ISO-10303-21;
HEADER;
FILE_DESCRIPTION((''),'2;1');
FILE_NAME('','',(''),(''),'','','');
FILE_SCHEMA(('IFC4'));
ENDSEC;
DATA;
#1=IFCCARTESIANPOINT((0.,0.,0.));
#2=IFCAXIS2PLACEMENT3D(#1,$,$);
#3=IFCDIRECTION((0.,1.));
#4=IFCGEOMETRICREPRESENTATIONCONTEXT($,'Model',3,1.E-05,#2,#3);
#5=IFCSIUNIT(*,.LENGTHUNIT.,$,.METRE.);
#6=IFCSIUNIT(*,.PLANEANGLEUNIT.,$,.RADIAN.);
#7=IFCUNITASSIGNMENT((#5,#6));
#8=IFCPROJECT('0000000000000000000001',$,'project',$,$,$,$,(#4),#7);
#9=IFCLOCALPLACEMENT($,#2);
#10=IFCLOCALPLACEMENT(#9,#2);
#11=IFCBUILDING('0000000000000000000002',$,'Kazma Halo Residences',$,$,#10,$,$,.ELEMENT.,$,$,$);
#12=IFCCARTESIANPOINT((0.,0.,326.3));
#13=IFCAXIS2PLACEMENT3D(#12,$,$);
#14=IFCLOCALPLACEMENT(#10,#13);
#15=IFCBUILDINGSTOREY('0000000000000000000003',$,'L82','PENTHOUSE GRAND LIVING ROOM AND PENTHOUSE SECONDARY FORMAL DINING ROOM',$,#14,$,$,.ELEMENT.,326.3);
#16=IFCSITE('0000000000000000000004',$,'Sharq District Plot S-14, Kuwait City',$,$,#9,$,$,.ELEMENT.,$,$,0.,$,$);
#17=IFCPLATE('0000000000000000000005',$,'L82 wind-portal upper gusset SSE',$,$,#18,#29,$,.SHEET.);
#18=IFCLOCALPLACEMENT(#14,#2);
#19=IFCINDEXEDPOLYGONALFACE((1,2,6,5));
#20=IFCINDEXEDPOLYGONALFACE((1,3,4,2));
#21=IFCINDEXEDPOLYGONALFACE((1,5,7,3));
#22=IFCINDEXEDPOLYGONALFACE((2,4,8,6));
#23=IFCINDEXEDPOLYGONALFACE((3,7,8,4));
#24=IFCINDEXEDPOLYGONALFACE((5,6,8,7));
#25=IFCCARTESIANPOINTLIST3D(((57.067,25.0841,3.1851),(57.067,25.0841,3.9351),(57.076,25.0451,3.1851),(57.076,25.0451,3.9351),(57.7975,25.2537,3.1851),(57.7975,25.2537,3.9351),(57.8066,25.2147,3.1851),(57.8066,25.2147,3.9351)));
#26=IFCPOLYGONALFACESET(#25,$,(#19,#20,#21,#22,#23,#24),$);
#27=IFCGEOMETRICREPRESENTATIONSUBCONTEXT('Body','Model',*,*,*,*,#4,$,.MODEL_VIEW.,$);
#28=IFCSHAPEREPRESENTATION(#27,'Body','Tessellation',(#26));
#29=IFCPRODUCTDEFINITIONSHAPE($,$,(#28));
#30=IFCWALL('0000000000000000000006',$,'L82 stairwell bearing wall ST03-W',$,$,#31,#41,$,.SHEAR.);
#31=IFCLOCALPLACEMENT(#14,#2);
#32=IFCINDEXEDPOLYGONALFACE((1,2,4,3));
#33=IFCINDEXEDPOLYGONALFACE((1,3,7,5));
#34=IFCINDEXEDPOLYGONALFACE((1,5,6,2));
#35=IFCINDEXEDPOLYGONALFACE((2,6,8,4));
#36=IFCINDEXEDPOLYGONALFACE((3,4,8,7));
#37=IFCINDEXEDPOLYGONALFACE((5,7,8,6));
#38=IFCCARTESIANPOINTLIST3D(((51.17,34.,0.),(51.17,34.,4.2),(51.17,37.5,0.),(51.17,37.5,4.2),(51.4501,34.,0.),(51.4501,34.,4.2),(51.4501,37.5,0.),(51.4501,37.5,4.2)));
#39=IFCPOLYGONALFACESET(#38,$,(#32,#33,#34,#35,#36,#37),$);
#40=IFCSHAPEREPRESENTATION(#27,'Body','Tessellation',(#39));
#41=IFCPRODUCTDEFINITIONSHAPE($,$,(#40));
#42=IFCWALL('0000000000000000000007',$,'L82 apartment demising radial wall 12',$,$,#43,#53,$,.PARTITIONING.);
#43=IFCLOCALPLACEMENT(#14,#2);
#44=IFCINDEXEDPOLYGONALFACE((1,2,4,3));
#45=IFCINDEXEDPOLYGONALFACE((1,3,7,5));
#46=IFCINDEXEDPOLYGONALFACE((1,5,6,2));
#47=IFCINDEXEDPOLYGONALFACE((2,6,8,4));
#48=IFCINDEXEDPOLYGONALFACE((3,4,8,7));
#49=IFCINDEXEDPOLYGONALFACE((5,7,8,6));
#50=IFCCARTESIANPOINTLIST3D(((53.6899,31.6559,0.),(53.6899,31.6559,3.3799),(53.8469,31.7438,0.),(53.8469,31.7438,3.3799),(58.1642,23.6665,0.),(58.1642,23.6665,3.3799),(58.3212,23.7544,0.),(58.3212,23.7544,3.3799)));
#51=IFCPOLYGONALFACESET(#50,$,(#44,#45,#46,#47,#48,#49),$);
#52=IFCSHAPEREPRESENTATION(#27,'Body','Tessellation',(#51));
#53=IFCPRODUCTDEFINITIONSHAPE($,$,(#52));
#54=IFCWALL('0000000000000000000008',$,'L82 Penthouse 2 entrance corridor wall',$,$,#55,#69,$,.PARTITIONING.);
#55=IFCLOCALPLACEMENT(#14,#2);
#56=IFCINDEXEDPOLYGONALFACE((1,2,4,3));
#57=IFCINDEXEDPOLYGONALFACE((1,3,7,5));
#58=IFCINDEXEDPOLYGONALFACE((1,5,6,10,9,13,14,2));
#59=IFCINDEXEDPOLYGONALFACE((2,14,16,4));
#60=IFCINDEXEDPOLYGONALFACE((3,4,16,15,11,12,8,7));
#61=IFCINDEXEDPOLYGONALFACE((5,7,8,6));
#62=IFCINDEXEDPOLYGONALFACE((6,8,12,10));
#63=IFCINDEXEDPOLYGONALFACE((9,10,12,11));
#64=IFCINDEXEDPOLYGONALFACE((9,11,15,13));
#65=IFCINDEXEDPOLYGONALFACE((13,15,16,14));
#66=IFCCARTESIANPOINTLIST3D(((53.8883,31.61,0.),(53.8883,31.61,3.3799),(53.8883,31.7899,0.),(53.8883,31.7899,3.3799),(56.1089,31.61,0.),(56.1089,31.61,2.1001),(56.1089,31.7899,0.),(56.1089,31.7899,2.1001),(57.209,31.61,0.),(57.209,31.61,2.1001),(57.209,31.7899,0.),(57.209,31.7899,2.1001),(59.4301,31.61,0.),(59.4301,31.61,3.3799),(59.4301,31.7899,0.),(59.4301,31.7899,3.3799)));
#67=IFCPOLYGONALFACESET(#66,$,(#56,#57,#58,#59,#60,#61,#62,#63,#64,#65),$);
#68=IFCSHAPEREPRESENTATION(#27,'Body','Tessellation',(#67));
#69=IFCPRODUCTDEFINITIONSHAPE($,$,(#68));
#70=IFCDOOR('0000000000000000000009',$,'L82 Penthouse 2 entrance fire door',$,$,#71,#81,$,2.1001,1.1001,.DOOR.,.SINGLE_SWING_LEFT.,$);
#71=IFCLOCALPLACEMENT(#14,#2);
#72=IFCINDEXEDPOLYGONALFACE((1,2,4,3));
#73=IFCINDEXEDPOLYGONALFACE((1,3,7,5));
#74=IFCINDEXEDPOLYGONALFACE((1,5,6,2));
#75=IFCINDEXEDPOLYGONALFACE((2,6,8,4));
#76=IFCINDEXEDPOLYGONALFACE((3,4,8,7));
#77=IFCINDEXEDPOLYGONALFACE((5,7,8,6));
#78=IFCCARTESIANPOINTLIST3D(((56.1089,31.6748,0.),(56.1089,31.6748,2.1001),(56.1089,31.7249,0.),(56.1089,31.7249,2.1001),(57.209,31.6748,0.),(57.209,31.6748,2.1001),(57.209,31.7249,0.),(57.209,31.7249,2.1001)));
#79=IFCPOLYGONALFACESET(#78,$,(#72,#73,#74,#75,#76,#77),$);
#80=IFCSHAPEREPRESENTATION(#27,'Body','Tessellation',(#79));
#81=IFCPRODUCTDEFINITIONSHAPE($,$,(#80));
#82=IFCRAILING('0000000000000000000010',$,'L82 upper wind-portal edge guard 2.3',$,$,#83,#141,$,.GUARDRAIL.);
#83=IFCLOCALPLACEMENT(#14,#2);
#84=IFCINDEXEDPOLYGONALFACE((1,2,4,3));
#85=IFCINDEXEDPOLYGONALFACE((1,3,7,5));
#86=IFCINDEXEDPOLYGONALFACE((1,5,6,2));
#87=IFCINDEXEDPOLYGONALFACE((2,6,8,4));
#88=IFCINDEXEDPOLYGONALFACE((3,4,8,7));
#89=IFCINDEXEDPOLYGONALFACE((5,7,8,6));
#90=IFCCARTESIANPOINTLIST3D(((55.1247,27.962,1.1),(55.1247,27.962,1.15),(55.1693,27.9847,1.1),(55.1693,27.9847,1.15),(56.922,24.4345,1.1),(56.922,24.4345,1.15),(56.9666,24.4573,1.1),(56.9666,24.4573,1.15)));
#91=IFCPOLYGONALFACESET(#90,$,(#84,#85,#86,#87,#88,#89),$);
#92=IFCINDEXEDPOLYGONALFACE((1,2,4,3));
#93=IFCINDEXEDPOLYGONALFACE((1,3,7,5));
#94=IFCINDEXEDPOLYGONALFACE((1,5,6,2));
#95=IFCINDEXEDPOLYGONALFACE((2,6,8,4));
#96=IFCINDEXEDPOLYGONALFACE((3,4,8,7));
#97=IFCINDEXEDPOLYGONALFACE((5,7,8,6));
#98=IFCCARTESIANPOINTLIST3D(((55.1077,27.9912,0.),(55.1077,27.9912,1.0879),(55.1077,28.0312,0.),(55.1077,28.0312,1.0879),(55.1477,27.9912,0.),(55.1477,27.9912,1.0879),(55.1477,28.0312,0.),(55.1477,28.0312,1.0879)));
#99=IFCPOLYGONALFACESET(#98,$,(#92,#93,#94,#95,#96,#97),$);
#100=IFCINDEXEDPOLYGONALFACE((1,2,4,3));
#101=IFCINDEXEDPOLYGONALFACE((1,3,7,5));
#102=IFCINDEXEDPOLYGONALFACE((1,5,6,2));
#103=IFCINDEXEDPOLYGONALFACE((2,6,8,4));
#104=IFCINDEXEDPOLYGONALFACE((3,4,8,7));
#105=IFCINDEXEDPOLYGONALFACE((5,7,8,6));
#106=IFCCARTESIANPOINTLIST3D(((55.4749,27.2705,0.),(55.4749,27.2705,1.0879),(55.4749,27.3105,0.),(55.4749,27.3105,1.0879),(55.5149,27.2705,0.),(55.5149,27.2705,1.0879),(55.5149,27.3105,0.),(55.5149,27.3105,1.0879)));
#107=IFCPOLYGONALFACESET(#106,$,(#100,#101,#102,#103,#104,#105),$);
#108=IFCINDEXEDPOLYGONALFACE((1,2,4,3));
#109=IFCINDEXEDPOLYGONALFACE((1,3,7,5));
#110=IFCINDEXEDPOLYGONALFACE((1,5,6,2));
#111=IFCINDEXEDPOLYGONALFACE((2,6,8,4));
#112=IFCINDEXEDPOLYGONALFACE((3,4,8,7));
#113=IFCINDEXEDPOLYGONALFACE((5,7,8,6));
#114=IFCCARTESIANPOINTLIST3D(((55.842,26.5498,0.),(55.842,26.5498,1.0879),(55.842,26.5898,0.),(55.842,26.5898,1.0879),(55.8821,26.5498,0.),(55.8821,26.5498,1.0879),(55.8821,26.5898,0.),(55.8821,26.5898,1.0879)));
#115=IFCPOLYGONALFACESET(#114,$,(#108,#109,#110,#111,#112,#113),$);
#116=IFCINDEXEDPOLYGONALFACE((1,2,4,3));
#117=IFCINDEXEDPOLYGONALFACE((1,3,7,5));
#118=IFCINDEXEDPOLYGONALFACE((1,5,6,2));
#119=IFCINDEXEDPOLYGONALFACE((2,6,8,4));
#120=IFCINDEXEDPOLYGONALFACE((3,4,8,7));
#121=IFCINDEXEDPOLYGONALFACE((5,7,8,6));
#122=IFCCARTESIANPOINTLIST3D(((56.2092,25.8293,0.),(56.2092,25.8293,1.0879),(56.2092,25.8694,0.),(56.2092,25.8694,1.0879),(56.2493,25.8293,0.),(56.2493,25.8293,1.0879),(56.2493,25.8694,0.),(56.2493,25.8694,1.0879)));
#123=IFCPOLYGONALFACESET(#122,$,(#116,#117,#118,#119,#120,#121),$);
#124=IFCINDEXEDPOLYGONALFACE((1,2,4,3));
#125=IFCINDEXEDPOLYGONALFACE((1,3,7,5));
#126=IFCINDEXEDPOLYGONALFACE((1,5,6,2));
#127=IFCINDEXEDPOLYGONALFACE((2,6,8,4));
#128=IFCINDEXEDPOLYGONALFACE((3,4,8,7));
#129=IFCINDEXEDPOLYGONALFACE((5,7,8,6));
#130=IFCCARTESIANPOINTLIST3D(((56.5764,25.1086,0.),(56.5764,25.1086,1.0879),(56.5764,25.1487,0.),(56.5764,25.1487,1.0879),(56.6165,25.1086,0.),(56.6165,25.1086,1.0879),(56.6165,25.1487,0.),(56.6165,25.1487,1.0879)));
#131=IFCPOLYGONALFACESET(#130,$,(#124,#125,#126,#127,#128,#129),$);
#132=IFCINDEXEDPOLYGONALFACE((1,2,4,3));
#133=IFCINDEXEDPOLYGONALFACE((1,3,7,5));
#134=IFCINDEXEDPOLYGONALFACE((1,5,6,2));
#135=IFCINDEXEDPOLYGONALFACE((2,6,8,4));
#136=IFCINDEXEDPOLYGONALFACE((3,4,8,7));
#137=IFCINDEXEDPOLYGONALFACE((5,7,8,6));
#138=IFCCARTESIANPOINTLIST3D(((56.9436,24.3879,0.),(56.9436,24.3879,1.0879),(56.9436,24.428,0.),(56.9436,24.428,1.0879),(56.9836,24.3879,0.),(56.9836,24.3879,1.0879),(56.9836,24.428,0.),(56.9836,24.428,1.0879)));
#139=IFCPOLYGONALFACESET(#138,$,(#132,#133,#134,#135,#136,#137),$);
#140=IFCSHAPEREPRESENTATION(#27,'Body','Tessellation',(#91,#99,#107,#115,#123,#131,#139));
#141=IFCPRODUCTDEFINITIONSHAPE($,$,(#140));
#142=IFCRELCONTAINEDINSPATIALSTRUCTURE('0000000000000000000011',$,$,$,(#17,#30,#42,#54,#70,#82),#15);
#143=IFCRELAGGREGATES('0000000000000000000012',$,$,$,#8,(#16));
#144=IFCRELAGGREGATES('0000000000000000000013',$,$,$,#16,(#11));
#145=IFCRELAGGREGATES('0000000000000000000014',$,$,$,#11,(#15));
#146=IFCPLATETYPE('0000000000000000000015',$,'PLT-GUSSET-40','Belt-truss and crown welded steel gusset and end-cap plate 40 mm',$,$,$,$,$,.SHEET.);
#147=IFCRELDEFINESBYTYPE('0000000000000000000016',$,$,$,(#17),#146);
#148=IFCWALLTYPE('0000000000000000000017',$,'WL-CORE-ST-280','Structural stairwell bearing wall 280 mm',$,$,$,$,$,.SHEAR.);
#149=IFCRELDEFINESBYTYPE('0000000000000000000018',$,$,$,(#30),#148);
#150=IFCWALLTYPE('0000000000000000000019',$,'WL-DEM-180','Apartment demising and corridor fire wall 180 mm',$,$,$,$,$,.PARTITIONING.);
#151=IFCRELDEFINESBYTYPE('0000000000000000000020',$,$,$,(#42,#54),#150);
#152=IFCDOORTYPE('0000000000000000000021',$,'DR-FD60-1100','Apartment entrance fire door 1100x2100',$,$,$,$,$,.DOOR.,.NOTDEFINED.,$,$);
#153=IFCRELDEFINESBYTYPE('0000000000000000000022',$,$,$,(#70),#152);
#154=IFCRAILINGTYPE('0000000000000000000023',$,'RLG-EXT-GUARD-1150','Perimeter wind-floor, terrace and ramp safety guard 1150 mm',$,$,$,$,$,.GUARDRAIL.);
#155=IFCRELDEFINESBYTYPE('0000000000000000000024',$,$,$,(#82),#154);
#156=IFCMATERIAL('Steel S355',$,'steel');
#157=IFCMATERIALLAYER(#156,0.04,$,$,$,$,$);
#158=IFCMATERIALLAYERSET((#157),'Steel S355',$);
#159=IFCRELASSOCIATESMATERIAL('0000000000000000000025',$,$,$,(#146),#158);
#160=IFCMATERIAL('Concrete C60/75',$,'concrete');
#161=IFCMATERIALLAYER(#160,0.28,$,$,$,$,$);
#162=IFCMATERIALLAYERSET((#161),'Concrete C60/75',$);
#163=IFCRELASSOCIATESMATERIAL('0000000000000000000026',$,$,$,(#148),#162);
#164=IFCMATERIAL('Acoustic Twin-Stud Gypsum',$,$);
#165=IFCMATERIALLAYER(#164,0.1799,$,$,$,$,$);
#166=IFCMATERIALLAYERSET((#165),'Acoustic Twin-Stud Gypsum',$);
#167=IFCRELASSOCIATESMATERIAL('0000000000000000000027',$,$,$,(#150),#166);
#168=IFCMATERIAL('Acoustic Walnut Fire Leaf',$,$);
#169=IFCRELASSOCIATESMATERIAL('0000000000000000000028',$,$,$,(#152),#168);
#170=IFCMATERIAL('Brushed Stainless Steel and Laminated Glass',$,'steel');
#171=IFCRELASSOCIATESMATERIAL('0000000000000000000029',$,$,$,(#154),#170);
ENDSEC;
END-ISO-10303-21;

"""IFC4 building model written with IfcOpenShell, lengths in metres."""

from ifc_helpers import new_model, si_unit, direction, frame, frame_2d, origin, origin_2d, place, context, subcontext, project, spatial, rectangle, extrude, material, layer, layer_set, type_object, element, fill, save


model = new_model("IFC4")

# Units and contexts
model_context = context("Model", 3, precision=1e-05, world=origin(), true_north=direction((0.0, 1.0)))
body_context = subcontext(model_context, "Body", "Model", "MODEL_VIEW")
ifc_project = project(units=[si_unit("LENGTHUNIT", "METRE"), si_unit("PLANEANGLEUNIT", "RADIAN")], contexts=[model_context])

# Site, building, storey
site_placement = place(None, origin())
site = spatial("IfcSite", under=ifc_project, at=site_placement, Name="Sharq District Plot S-14, Kuwait City", CompositionType="ELEMENT", RefElevation=0.0)
building_placement = place(site_placement, origin())
building = spatial("IfcBuilding", under=site, at=building_placement, Name="Kazma Halo Residences", CompositionType="ELEMENT")
storey_placement = place(building_placement, frame((0.0, 0.0, 326.3)))
storey = spatial("IfcBuildingStorey", under=building, at=storey_placement, Name="L82", Description="PENTHOUSE GRAND LIVING ROOM AND PENTHOUSE SECONDARY FORMAL DINING ROOM", CompositionType="ELEMENT", Elevation=326.3)

# Shared definitions
ifc_material_1 = material(Name="Concrete C60/75", Category="concrete")

# Shared definitions
ifc_material_2 = material(Name="Steel S355", Category="steel")

# Plate
ifc_layer_1 = layer(ifc_material_2, 0.04)
ifc_layer_set_1 = layer_set([ifc_layer_1], Name="Steel S355")
plate_type = type_object("IfcPlateType", Name="PLT-GUSSET-40", Description="Belt-truss and crown welded steel gusset and end-cap plate 40 mm", PredefinedType="SHEET", material=ifc_layer_set_1)
plate_placement = place(storey_placement, frame((57.4368, 25.1494, 3.1851), z_axis=(0.0, 0.0, 1.0), x_axis=(0.974084, 0.226188, 0.0)))
element("IfcPlate", 1, at=plate_placement, inside=storey, type_object=plate_type, Name="L82 wind-portal upper gusset SSE", PredefinedType="SHEET", context=body_context, shape_type="SweptSolid", body=[
    extrude(rectangle(XDim=0.75, YDim=0.04, at=origin_2d()), origin(), (0.0, 0.0, 1.0), 0.75),
])

# Walls
ifc_layer_2 = layer(ifc_material_1, 0.28)
ifc_layer_set_2 = layer_set([ifc_layer_2], Name="Concrete C60/75")
wall_type_1 = type_object("IfcWallType", Name="WL-CORE-ST-280", Description="Structural stairwell bearing wall 280 mm", PredefinedType="SHEAR", material=ifc_layer_set_2)
wall_1_placement = place(storey_placement, frame((51.3101, 34.0, 0.0), z_axis=(0.0, 0.0, 1.0), x_axis=(0.0, 1.0, 0.0)))
element("IfcWall", 2, at=wall_1_placement, inside=storey, type_object=wall_type_1, Name="L82 stairwell bearing wall ST03-W", PredefinedType="SHEAR", context=body_context, shape_type="SweptSolid", body=[
    extrude(rectangle(XDim=3.5, YDim=0.28, at=frame_2d((1.75, 0.0))), origin(), (0.0, 0.0, 1.0), 4.2),
])
ifc_material_3 = material(Name="Acoustic Twin-Stud Gypsum")
ifc_layer_3 = layer(ifc_material_3, 0.1799)
ifc_layer_set_3 = layer_set([ifc_layer_3], Name="Acoustic Twin-Stud Gypsum")
wall_type_2 = type_object("IfcWallType", Name="WL-DEM-180", Description="Apartment demising and corridor fire wall 180 mm", PredefinedType="PARTITIONING", material=ifc_layer_set_3)
wall_2_placement = place(storey_placement, frame((53.7683, 31.7, 0.0), z_axis=(0.0, 0.0, 1.0), x_axis=(0.488624, -0.872495, 0.0)))
element("IfcWall", 3, at=wall_2_placement, inside=storey, type_object=wall_type_2, Name="L82 apartment demising radial wall 12", PredefinedType="PARTITIONING", context=body_context, shape_type="SweptSolid", body=[
    extrude(rectangle(XDim=9.157, YDim=0.1799, at=frame_2d((4.5786, 0.0))), origin(), (0.0, 0.0, 1.0), 3.3799),
])

# Wall, opening, door
wall_3_placement = place(storey_placement, frame((53.8882, 31.7, 0.0), z_axis=(0.0, 0.0, 1.0), x_axis=(1.0, 0.0, 0.0)))
wall_3 = element("IfcWall", 4, at=wall_3_placement, inside=storey, type_object=wall_type_2, Name="L82 Penthouse 2 entrance corridor wall", PredefinedType="PARTITIONING", context=body_context, shape_type="SweptSolid", body=[
    extrude(rectangle(XDim=5.5417, YDim=0.1799, at=frame_2d((2.771, 0.0))), origin(), (0.0, 0.0, 1.0), 3.3799),
])
opening_placement = place(wall_3_placement, frame((2.2207, 0.0, 0.0)))
opening = element("IfcOpeningElement", 5, at=opening_placement, cuts=wall_3, PredefinedType="OPENING", context=body_context, shape_type="SweptSolid", body=[
    extrude(rectangle(XDim=1.1001, YDim=2.1001, at=frame_2d((0.55, 1.05))), frame((0.0, 0.0999, 0.0), z_axis=(0.0, -1.0, 0.0), x_axis=(1.0, 0.0, 0.0)), (0.0, 0.0, 1.0), 0.2),
])
ifc_material_4 = material(Name="Acoustic Walnut Fire Leaf")
door_type = type_object("IfcDoorType", Name="DR-FD60-1100", Description="Apartment entrance fire door 1100x2100", OperationType="NOTDEFINED", PredefinedType="DOOR", material=ifc_material_4)
door_placement = place(opening_placement, origin())
door = element("IfcDoor", 6, at=door_placement, inside=storey, type_object=door_type, Name="L82 Penthouse 2 entrance fire door", OperationType="SINGLE_SWING_LEFT", OverallHeight=2.1001, OverallWidth=1.1001, PredefinedType="DOOR", context=body_context, shape_type="SweptSolid", body=[
    extrude(rectangle(XDim=1.1001, YDim=2.1001, at=frame_2d((0.55, 1.05))), frame((0.0, 0.0249, 0.0), z_axis=(0.0, -1.0, 0.0), x_axis=(1.0, 0.0, 0.0)), (0.0, 0.0, 1.0), 0.05),
])
fill(opening, door)

# Railing
ifc_material_5 = material(Name="Brushed Stainless Steel and Laminated Glass", Category="steel")
railing_type_1 = type_object("IfcRailingType", Name="RLG-EXT-GUARD-1150", Description="Perimeter wind-floor, terrace and ramp safety guard 1150 mm", PredefinedType="GUARDRAIL", material=ifc_material_5)
railing_1_placement = place(storey_placement, frame((55.1277, 28.0112, 0.0)))
element("IfcRailing", 7, at=railing_1_placement, inside=storey, type_object=railing_type_1, Name="L82 upper wind-portal edge guard 2.3", PredefinedType="GUARDRAIL", context=body_context, shape_type="SweptSolid", body=[
    extrude(rectangle(XDim=0.05, YDim=0.05, at=origin_2d()), frame((0.0193, -0.0378, 1.125), z_axis=(0.453986, -0.891009, 0.0), x_axis=(0.891009, 0.453986, 0.0)), (0.0, 0.0, 1.0), 3.959),
    extrude(rectangle(XDim=0.04, YDim=0.04, at=origin_2d()), origin(), (0.0, 0.0, 1.0), 1.0879),
    extrude(rectangle(XDim=0.04, YDim=0.04, at=origin_2d()), frame((0.3672, -0.7207, 0.0)), (0.0, 0.0, 1.0), 1.0879),
    extrude(rectangle(XDim=0.04, YDim=0.04, at=origin_2d()), frame((0.7344, -1.4414, 0.0)), (0.0, 0.0, 1.0), 1.0879),
    extrude(rectangle(XDim=0.04, YDim=0.04, at=origin_2d()), frame((1.1016, -2.1619, 0.0)), (0.0, 0.0, 1.0), 1.0879),
    extrude(rectangle(XDim=0.04, YDim=0.04, at=origin_2d()), frame((1.4688, -2.8826, 0.0)), (0.0, 0.0, 1.0), 1.0879),
    extrude(rectangle(XDim=0.04, YDim=0.04, at=origin_2d()), frame((1.8359, -3.6033, 0.0)), (0.0, 0.0, 1.0), 1.0879),
])

save(model, "model.ifc")
